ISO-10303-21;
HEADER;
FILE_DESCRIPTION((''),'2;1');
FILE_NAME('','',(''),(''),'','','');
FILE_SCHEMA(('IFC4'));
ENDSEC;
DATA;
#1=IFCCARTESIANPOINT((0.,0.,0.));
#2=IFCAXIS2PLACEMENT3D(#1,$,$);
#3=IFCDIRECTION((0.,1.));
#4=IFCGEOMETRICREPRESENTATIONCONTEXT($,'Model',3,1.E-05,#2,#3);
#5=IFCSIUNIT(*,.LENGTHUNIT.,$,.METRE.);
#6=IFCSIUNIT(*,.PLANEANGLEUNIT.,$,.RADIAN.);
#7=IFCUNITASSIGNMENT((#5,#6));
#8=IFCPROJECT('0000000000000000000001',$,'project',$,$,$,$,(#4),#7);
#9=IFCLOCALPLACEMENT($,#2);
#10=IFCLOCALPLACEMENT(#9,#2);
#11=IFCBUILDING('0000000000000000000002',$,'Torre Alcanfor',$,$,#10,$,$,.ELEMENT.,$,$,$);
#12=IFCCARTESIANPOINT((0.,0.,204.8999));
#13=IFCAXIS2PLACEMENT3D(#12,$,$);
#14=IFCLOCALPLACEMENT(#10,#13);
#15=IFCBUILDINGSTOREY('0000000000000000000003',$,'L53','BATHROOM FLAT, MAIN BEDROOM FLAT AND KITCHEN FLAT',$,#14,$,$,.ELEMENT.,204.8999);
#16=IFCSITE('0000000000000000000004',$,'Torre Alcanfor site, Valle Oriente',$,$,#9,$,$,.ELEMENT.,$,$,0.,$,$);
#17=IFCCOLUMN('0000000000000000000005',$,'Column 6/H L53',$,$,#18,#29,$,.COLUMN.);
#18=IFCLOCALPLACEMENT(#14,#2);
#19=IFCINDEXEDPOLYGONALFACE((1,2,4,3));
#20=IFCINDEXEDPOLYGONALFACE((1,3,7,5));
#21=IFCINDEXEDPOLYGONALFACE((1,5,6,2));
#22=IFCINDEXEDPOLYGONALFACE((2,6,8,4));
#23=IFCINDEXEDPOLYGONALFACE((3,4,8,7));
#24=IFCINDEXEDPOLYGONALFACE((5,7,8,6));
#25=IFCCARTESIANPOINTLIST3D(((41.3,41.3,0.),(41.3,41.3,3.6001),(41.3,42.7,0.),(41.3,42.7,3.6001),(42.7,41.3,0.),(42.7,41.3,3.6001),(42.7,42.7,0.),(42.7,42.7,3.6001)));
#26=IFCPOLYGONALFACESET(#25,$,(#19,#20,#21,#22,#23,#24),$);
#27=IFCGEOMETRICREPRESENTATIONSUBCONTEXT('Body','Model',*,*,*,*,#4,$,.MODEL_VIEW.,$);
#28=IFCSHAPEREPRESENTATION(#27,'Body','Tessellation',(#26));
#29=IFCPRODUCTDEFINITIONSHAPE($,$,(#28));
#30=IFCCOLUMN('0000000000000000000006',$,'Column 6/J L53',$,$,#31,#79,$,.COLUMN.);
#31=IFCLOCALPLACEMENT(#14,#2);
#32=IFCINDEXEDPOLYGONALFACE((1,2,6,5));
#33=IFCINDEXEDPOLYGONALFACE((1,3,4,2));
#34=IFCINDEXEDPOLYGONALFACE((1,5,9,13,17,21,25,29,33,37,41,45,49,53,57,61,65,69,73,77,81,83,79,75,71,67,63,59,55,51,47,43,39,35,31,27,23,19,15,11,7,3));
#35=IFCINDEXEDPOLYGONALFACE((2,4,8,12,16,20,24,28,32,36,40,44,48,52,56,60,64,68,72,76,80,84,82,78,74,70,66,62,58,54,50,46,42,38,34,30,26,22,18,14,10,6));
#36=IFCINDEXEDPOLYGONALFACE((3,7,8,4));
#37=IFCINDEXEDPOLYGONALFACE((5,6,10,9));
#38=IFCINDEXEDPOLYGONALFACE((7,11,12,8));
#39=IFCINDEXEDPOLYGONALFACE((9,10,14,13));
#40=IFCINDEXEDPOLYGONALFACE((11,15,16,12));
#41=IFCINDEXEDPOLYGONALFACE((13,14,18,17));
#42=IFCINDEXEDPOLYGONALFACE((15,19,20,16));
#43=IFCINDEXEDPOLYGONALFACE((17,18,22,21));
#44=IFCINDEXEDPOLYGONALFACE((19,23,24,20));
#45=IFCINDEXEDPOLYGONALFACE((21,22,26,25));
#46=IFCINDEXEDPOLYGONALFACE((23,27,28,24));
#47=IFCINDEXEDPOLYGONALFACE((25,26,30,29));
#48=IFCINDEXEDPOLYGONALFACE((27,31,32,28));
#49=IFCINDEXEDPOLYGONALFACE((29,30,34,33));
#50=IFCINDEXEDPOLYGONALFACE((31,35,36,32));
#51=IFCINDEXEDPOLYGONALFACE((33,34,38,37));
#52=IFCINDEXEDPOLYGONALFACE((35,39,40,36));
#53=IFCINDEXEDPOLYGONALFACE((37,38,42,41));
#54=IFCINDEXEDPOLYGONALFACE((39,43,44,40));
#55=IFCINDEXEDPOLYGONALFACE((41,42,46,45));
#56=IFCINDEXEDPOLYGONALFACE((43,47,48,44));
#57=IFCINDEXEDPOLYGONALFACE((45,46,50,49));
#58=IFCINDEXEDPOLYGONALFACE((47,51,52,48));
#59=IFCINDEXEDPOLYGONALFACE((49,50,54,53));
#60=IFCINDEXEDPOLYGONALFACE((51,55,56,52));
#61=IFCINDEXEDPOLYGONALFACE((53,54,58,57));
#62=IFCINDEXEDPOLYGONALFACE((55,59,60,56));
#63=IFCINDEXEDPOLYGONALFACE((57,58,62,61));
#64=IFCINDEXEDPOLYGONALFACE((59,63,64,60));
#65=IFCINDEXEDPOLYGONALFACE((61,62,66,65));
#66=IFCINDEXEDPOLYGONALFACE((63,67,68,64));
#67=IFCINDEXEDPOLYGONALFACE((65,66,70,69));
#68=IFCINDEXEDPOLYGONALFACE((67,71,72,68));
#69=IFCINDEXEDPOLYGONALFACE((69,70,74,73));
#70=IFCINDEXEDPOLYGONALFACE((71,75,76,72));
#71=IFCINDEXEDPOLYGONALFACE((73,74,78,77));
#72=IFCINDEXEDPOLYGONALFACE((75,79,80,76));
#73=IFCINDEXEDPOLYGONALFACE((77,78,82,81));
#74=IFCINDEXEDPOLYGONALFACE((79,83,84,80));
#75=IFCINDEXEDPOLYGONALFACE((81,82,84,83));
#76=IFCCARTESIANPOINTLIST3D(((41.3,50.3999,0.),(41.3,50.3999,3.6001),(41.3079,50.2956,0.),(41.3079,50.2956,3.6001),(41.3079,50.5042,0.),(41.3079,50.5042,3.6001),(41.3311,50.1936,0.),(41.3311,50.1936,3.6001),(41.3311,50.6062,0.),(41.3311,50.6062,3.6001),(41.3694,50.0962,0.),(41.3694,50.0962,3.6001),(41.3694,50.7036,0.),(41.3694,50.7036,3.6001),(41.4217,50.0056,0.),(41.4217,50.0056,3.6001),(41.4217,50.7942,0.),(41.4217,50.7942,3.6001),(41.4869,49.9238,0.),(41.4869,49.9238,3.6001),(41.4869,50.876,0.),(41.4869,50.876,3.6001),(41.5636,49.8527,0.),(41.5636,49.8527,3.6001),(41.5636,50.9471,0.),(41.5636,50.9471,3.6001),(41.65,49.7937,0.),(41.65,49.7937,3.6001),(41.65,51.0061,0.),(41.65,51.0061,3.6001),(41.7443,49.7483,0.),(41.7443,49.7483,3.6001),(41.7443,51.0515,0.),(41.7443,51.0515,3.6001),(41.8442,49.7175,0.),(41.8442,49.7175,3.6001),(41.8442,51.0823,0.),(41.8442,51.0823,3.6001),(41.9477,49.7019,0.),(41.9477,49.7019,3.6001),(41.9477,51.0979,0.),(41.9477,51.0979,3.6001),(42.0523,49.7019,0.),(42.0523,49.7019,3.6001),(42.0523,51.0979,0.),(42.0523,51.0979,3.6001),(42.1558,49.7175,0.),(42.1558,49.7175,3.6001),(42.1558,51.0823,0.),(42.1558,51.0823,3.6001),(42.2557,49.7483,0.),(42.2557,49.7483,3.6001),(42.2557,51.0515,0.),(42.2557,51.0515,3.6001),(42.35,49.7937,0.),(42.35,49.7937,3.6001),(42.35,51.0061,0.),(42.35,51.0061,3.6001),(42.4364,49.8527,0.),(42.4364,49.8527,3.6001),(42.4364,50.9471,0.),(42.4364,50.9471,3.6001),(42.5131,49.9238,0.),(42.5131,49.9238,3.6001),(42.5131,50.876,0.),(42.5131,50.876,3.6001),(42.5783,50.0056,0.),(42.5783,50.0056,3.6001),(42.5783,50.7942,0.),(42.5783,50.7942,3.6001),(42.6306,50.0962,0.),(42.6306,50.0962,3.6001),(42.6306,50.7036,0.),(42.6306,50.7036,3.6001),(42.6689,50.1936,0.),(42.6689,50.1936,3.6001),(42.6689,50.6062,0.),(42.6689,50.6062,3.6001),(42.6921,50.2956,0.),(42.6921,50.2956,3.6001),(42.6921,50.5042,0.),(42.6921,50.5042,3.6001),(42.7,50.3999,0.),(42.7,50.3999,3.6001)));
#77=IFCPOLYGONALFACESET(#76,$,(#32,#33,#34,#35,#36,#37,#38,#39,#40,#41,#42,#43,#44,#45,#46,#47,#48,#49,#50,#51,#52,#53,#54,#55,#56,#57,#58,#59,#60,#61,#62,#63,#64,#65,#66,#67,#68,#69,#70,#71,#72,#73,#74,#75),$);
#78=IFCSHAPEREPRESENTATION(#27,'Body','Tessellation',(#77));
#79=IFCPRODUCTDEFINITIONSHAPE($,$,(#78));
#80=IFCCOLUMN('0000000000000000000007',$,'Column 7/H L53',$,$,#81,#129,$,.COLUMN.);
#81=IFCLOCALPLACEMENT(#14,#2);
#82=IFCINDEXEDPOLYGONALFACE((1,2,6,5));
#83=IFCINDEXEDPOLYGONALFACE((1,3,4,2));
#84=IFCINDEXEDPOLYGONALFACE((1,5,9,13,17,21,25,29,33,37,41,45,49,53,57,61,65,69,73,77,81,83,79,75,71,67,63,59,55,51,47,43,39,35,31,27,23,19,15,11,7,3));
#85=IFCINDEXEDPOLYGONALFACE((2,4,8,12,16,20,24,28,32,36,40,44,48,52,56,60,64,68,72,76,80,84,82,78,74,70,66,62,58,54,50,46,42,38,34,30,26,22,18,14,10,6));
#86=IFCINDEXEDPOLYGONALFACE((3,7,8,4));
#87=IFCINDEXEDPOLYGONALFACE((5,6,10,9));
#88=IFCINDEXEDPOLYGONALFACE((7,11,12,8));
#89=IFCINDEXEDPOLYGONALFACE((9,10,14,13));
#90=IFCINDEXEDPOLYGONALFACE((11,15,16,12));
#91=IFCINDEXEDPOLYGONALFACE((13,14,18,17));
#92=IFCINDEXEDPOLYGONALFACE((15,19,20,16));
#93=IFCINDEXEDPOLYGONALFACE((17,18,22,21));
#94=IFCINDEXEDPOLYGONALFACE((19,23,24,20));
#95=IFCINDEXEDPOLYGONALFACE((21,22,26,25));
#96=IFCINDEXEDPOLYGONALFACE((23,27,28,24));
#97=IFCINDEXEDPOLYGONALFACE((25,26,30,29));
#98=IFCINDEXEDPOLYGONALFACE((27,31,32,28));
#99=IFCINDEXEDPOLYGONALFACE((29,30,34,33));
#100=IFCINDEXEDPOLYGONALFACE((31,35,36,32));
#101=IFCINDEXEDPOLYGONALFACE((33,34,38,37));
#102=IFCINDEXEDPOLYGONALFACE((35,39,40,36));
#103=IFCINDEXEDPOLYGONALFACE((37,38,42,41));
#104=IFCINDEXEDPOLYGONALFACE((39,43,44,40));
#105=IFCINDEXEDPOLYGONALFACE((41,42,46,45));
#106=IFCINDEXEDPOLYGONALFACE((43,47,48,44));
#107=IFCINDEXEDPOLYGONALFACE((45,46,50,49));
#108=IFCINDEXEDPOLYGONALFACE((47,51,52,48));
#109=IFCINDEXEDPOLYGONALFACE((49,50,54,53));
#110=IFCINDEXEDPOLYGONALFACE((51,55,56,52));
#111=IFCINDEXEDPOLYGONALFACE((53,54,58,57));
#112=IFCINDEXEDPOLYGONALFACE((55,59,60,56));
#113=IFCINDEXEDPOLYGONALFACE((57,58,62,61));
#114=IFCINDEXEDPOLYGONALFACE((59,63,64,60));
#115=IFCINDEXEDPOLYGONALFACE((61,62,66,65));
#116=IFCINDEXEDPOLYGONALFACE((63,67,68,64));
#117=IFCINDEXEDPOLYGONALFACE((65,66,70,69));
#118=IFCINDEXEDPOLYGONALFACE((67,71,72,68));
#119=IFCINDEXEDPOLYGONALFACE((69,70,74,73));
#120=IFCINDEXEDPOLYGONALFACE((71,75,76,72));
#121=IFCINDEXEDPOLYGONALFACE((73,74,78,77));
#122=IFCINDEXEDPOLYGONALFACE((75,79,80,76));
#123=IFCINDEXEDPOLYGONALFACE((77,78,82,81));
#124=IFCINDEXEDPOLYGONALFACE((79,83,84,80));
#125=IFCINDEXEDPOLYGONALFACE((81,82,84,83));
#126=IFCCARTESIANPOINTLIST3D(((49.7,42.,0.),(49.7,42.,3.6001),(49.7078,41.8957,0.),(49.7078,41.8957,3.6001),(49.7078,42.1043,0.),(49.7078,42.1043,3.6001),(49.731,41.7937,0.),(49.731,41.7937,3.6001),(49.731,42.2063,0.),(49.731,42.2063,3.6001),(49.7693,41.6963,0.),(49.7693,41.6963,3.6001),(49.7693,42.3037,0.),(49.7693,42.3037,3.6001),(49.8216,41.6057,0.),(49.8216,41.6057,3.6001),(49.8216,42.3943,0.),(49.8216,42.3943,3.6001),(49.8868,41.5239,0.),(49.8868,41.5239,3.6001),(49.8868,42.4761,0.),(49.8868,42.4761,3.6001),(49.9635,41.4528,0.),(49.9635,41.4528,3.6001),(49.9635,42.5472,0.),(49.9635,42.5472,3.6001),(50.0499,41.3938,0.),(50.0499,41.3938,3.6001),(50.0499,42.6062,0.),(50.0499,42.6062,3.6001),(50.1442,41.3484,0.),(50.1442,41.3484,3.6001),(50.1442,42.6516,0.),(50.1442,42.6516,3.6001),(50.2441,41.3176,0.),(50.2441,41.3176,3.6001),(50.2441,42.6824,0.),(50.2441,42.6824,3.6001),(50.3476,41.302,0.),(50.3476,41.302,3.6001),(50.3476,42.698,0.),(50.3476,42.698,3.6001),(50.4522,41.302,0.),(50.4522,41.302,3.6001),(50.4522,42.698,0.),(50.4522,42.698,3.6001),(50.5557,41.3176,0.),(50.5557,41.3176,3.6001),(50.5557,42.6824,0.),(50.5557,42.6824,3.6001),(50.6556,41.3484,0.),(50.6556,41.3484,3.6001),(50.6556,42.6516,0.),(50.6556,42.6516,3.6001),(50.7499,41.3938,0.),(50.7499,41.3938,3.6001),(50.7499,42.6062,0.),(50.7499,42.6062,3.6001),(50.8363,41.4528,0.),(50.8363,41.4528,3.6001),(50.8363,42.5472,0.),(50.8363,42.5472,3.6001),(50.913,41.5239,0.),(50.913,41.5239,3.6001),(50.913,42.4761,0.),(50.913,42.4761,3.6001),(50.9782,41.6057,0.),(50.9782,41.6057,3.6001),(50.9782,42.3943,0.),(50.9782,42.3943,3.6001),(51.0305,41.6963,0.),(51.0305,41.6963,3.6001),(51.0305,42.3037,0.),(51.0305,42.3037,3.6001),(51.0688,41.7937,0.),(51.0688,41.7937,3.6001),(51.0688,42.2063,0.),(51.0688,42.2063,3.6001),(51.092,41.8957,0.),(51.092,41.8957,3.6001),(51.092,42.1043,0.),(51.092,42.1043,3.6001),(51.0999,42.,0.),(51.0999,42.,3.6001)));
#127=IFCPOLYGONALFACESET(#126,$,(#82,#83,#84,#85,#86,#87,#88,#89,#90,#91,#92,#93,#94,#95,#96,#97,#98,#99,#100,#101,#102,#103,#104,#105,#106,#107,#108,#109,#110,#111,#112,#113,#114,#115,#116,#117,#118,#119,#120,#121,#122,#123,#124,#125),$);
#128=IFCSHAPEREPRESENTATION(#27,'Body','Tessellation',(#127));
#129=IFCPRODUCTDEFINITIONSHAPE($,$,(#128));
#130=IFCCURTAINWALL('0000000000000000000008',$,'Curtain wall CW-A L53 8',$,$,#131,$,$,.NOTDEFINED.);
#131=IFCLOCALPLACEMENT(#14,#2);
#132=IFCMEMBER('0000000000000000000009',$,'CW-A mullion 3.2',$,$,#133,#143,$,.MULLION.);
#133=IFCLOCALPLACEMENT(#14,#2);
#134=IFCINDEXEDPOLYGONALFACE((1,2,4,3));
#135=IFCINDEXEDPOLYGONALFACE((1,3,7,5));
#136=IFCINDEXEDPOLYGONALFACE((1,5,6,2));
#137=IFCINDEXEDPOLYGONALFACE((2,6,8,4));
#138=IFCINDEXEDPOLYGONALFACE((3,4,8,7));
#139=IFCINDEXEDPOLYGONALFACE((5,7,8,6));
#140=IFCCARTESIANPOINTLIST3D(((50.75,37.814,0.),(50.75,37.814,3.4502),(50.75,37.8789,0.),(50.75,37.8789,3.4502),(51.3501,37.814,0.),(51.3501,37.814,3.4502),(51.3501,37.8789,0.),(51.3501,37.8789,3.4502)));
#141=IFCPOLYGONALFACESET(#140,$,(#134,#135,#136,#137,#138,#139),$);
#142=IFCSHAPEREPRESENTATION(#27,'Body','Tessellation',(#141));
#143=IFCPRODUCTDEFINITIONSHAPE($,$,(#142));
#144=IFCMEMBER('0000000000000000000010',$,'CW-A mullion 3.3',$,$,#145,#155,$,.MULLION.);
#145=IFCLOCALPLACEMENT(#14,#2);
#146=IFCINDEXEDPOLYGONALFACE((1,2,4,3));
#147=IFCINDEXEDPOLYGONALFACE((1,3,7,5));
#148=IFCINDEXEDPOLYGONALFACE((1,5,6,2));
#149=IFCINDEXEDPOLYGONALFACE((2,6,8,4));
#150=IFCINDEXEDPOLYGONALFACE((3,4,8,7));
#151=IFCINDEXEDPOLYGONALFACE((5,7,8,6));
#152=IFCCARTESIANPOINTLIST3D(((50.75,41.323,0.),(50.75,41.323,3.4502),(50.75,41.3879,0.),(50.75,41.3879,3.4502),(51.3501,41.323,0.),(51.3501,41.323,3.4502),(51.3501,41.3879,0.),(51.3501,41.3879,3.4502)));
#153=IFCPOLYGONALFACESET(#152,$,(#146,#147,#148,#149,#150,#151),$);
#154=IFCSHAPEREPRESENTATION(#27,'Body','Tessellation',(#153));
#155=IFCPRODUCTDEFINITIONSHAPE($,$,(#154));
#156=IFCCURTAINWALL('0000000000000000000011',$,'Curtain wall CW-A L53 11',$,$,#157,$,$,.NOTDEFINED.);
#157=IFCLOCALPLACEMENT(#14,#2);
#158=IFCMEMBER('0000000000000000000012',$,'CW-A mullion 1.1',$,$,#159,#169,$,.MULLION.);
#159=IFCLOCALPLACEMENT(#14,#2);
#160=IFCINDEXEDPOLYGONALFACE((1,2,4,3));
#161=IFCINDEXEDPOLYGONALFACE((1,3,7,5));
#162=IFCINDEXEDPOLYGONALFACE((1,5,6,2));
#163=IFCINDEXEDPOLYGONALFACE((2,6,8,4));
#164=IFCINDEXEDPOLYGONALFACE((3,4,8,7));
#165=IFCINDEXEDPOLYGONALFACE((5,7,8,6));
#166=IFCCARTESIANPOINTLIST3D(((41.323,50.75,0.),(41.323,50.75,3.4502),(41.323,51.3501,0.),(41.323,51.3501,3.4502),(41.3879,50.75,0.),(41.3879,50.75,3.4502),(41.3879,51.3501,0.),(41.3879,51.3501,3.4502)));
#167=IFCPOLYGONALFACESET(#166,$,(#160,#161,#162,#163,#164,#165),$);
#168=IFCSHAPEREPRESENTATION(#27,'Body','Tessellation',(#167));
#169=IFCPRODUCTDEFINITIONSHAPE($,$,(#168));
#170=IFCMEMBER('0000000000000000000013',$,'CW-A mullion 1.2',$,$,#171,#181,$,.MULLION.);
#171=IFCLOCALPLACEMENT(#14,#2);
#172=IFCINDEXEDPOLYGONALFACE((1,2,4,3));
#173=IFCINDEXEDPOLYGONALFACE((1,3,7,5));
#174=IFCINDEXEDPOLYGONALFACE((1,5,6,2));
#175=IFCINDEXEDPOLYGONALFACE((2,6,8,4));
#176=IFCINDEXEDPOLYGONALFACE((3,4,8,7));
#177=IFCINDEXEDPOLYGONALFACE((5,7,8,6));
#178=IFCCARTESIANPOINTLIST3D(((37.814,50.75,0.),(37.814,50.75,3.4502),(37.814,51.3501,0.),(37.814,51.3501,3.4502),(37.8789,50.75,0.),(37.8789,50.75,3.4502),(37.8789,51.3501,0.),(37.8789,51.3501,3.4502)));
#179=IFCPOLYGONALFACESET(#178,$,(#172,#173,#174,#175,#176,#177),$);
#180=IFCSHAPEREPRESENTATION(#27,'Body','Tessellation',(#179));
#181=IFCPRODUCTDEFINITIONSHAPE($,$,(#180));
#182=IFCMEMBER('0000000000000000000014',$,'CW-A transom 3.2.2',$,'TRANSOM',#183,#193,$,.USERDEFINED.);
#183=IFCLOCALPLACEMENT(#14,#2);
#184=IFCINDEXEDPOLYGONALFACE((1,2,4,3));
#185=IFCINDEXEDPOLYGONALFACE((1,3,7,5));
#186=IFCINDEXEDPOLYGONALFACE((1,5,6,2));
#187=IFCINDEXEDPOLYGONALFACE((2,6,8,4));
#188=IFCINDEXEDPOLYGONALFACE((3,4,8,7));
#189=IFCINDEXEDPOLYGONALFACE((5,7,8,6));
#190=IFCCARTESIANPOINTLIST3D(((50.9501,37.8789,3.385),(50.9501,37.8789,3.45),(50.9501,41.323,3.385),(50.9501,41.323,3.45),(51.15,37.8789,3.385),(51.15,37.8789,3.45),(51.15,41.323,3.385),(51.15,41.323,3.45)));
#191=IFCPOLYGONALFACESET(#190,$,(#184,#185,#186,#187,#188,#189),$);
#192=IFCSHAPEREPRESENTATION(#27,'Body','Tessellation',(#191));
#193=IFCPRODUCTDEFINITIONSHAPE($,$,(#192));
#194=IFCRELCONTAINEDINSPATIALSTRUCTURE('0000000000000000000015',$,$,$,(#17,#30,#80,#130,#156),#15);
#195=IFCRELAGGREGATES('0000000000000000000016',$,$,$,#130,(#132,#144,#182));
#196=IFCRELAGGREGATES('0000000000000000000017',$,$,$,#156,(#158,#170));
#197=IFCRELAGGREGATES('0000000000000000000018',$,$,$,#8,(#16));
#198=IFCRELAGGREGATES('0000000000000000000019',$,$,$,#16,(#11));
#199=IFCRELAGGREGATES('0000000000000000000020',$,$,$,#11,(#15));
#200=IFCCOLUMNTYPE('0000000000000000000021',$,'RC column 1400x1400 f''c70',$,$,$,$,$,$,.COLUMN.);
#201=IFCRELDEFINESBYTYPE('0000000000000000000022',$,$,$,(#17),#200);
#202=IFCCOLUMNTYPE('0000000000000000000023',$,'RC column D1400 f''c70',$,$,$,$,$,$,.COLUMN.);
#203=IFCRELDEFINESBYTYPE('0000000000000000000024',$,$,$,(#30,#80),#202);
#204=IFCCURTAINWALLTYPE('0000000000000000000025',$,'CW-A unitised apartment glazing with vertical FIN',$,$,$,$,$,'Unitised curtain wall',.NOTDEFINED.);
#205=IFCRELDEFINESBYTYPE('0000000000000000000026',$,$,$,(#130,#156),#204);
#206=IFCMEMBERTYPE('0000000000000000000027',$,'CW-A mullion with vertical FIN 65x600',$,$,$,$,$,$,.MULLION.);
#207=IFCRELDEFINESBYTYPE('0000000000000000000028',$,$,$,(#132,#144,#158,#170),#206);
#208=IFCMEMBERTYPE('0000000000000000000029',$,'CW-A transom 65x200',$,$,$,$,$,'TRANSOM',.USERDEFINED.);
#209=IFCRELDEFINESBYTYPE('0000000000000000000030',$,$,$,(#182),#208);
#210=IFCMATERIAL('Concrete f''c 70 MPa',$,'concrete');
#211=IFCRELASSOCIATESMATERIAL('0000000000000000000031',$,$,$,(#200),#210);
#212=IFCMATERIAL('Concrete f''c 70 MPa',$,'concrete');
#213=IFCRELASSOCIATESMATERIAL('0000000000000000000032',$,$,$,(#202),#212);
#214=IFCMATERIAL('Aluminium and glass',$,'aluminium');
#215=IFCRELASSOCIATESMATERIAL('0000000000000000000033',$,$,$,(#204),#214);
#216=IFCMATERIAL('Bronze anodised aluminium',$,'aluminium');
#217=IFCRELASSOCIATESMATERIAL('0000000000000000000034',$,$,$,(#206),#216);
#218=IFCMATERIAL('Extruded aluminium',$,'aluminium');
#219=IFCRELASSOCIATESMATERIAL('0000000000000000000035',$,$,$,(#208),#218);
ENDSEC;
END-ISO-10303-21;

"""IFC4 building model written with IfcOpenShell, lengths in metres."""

from ifc_helpers import new_model, si_unit, direction, frame, origin, origin_2d, place, context, subcontext, project, spatial, rectangle, circle, extrude, material, material_profile, profile_set, type_object, element, aggregate, save


model = new_model("IFC4")

# Units and contexts
model_context = context("Model", 3, precision=1e-05, world=origin(), true_north=direction((0.0, 1.0)))
body_context = subcontext(model_context, "Body", "Model", "MODEL_VIEW")
ifc_project = project(units=[si_unit("LENGTHUNIT", "METRE"), si_unit("PLANEANGLEUNIT", "RADIAN")], contexts=[model_context])

# Site, building, storey
site_placement = place(None, origin())
site = spatial("IfcSite", under=ifc_project, at=site_placement, Name="Torre Alcanfor site, Valle Oriente", CompositionType="ELEMENT", RefElevation=0.0)
building_placement = place(site_placement, origin())
building = spatial("IfcBuilding", under=site, at=building_placement, Name="Torre Alcanfor", CompositionType="ELEMENT")
storey_placement = place(building_placement, frame((0.0, 0.0, 204.8999)))
storey = spatial("IfcBuildingStorey", under=building, at=storey_placement, Name="L53", Description="BATHROOM FLAT, MAIN BEDROOM FLAT AND KITCHEN FLAT", CompositionType="ELEMENT", Elevation=204.8999)

# Columns
ifc_material_1 = material(Name="Concrete f'c 70 MPa", Category="concrete")
ifc_material_profile_1 = material_profile(ifc_material_1, rectangle(XDim=1.3999, YDim=1.3999, at=origin_2d()), Name="1400x1400")
ifc_profile_set_1 = profile_set([ifc_material_profile_1], Name="Concrete f'c 70 MPa")
column_type_1 = type_object("IfcColumnType", Name="RC column 1400x1400 f'c70", PredefinedType="COLUMN", material=ifc_profile_set_1)
column_placement = place(storey_placement, frame((42.0, 42.0, 0.0), z_axis=(0.0, 0.0, 1.0), x_axis=(1.0, 0.0, 0.0)))
element("IfcColumn", 1, at=column_placement, inside=storey, type_object=column_type_1, Name="Column 6/H L53", PredefinedType="COLUMN", context=body_context, shape_type="SweptSolid", body=[
    extrude(rectangle(XDim=1.3999, YDim=1.3999, at=origin_2d()), origin(), (0.0, 0.0, 1.0), 3.6001),
])
ifc_material_2 = material(Name="Concrete f'c 70 MPa", Category="concrete")
ifc_material_profile_2 = material_profile(ifc_material_2, circle(Radius=0.7, at=origin_2d()), Name="D1400")
ifc_profile_set_2 = profile_set([ifc_material_profile_2], Name="Concrete f'c 70 MPa")
column_type_2 = type_object("IfcColumnType", Name="RC column D1400 f'c70", PredefinedType="COLUMN", material=ifc_profile_set_2)
for number, where, z_axis, x_axis, name in (
    (2, (42.0, 50.3999, 0.0), (0.0, 0.0, 1.0), (1.0, 0.0, 0.0), "Column 6/J L53"),
    (3, (50.3999, 42.0, 0.0), (0.0, 0.0, 1.0), (1.0, 0.0, 0.0), "Column 7/H L53"),
):
    element("IfcColumn", number, at=place(storey_placement, frame(where, z_axis=z_axis, x_axis=x_axis)), inside=storey, type_object=column_type_2, Name=name, PredefinedType="COLUMN", context=body_context, shape_type="SweptSolid", body=[
        extrude(circle(Radius=0.7, at=origin_2d()), origin(), (0.0, 0.0, 1.0), 3.6001),
    ])

# Curtain walls, members
ifc_material_3 = material(Name="Aluminium and glass", Category="aluminium")
curtain_wall_type = type_object("IfcCurtainWallType", Name="CW-A unitised apartment glazing with vertical FIN", ElementType="Unitised curtain wall", PredefinedType="NOTDEFINED", material=ifc_material_3)
curtain_wall_1_placement = place(storey_placement, origin())
curtain_wall_1 = element("IfcCurtainWall", 4, at=curtain_wall_1_placement, inside=storey, type_object=curtain_wall_type, Name="Curtain wall CW-A L53 8", PredefinedType="NOTDEFINED")
ifc_material_4 = material(Name="Bronze anodised aluminium", Category="aluminium")
ifc_material_profile_3 = material_profile(ifc_material_4, rectangle(XDim=0.6001, YDim=0.0649, at=origin_2d()), Name="CW-A mullion 65x600")
ifc_profile_set_3 = profile_set([ifc_material_profile_3], Name="Bronze anodised aluminium")
member_type_1 = type_object("IfcMemberType", Name="CW-A mullion with vertical FIN 65x600", PredefinedType="MULLION", material=ifc_profile_set_3)
member_1_placement = place(storey_placement, frame((51.05, 37.8464, 0.0), z_axis=(0.0, 0.0, 1.0), x_axis=(-1.0, 0.0, 0.0)))
member_1 = element("IfcMember", 5, at=member_1_placement, type_object=member_type_1, Name="CW-A mullion 3.2", PredefinedType="MULLION", context=body_context, shape_type="SweptSolid", body=[
    extrude(rectangle(XDim=0.6001, YDim=0.0649, at=origin_2d()), origin(), (0.0, 0.0, 1.0), 3.4502),
])
member_2_placement = place(storey_placement, frame((51.05, 41.3555, 0.0), z_axis=(0.0, 0.0, 1.0), x_axis=(-1.0, 0.0, 0.0)))
member_2 = element("IfcMember", 6, at=member_2_placement, type_object=member_type_1, Name="CW-A mullion 3.3", PredefinedType="MULLION", context=body_context, shape_type="SweptSolid", body=[
    extrude(rectangle(XDim=0.6001, YDim=0.0649, at=origin_2d()), origin(), (0.0, 0.0, 1.0), 3.4502),
])
curtain_wall_2_placement = place(storey_placement, origin())
curtain_wall_2 = element("IfcCurtainWall", 7, at=curtain_wall_2_placement, inside=storey, type_object=curtain_wall_type, Name="Curtain wall CW-A L53 11", PredefinedType="NOTDEFINED")
member_3_placement = place(storey_placement, frame((41.3555, 51.05, 0.0), z_axis=(0.0, 0.0, 1.0), x_axis=(0.0, -1.0, 0.0)))
member_3 = element("IfcMember", 8, at=member_3_placement, type_object=member_type_1, Name="CW-A mullion 1.1", PredefinedType="MULLION", context=body_context, shape_type="SweptSolid", body=[
    extrude(rectangle(XDim=0.6001, YDim=0.0649, at=origin_2d()), origin(), (0.0, 0.0, 1.0), 3.4502),
])
member_4_placement = place(storey_placement, frame((37.8464, 51.05, 0.0), z_axis=(0.0, 0.0, 1.0), x_axis=(0.0, -1.0, 0.0)))
member_4 = element("IfcMember", 9, at=member_4_placement, type_object=member_type_1, Name="CW-A mullion 1.2", PredefinedType="MULLION", context=body_context, shape_type="SweptSolid", body=[
    extrude(rectangle(XDim=0.6001, YDim=0.0649, at=origin_2d()), origin(), (0.0, 0.0, 1.0), 3.4502),
])

# Member
ifc_material_5 = material(Name="Extruded aluminium", Category="aluminium")
ifc_material_profile_4 = material_profile(ifc_material_5, rectangle(XDim=0.2, YDim=0.0649, at=origin_2d()), Name="CW-A transom 200x65")
ifc_profile_set_4 = profile_set([ifc_material_profile_4], Name="Extruded aluminium")
member_type_2 = type_object("IfcMemberType", Name="CW-A transom 65x200", ElementType="TRANSOM", PredefinedType="USERDEFINED", material=ifc_profile_set_4)
member_5_placement = place(storey_placement, frame((51.05, 37.8789, 3.4175), z_axis=(0.0, 1.0, 0.0), x_axis=(-1.0, 0.0, 0.0)))
member_5 = element("IfcMember", 10, at=member_5_placement, type_object=member_type_2, Name="CW-A transom 3.2.2", ObjectType="TRANSOM", PredefinedType="USERDEFINED", context=body_context, shape_type="SweptSolid", body=[
    extrude(rectangle(XDim=0.2, YDim=0.0649, at=origin_2d()), origin(), (0.0, 0.0, 1.0), 3.4441),
])

aggregate(curtain_wall_1, [member_1, member_2, member_5])
aggregate(curtain_wall_2, [member_3, member_4])

save(model, "model.ifc")
